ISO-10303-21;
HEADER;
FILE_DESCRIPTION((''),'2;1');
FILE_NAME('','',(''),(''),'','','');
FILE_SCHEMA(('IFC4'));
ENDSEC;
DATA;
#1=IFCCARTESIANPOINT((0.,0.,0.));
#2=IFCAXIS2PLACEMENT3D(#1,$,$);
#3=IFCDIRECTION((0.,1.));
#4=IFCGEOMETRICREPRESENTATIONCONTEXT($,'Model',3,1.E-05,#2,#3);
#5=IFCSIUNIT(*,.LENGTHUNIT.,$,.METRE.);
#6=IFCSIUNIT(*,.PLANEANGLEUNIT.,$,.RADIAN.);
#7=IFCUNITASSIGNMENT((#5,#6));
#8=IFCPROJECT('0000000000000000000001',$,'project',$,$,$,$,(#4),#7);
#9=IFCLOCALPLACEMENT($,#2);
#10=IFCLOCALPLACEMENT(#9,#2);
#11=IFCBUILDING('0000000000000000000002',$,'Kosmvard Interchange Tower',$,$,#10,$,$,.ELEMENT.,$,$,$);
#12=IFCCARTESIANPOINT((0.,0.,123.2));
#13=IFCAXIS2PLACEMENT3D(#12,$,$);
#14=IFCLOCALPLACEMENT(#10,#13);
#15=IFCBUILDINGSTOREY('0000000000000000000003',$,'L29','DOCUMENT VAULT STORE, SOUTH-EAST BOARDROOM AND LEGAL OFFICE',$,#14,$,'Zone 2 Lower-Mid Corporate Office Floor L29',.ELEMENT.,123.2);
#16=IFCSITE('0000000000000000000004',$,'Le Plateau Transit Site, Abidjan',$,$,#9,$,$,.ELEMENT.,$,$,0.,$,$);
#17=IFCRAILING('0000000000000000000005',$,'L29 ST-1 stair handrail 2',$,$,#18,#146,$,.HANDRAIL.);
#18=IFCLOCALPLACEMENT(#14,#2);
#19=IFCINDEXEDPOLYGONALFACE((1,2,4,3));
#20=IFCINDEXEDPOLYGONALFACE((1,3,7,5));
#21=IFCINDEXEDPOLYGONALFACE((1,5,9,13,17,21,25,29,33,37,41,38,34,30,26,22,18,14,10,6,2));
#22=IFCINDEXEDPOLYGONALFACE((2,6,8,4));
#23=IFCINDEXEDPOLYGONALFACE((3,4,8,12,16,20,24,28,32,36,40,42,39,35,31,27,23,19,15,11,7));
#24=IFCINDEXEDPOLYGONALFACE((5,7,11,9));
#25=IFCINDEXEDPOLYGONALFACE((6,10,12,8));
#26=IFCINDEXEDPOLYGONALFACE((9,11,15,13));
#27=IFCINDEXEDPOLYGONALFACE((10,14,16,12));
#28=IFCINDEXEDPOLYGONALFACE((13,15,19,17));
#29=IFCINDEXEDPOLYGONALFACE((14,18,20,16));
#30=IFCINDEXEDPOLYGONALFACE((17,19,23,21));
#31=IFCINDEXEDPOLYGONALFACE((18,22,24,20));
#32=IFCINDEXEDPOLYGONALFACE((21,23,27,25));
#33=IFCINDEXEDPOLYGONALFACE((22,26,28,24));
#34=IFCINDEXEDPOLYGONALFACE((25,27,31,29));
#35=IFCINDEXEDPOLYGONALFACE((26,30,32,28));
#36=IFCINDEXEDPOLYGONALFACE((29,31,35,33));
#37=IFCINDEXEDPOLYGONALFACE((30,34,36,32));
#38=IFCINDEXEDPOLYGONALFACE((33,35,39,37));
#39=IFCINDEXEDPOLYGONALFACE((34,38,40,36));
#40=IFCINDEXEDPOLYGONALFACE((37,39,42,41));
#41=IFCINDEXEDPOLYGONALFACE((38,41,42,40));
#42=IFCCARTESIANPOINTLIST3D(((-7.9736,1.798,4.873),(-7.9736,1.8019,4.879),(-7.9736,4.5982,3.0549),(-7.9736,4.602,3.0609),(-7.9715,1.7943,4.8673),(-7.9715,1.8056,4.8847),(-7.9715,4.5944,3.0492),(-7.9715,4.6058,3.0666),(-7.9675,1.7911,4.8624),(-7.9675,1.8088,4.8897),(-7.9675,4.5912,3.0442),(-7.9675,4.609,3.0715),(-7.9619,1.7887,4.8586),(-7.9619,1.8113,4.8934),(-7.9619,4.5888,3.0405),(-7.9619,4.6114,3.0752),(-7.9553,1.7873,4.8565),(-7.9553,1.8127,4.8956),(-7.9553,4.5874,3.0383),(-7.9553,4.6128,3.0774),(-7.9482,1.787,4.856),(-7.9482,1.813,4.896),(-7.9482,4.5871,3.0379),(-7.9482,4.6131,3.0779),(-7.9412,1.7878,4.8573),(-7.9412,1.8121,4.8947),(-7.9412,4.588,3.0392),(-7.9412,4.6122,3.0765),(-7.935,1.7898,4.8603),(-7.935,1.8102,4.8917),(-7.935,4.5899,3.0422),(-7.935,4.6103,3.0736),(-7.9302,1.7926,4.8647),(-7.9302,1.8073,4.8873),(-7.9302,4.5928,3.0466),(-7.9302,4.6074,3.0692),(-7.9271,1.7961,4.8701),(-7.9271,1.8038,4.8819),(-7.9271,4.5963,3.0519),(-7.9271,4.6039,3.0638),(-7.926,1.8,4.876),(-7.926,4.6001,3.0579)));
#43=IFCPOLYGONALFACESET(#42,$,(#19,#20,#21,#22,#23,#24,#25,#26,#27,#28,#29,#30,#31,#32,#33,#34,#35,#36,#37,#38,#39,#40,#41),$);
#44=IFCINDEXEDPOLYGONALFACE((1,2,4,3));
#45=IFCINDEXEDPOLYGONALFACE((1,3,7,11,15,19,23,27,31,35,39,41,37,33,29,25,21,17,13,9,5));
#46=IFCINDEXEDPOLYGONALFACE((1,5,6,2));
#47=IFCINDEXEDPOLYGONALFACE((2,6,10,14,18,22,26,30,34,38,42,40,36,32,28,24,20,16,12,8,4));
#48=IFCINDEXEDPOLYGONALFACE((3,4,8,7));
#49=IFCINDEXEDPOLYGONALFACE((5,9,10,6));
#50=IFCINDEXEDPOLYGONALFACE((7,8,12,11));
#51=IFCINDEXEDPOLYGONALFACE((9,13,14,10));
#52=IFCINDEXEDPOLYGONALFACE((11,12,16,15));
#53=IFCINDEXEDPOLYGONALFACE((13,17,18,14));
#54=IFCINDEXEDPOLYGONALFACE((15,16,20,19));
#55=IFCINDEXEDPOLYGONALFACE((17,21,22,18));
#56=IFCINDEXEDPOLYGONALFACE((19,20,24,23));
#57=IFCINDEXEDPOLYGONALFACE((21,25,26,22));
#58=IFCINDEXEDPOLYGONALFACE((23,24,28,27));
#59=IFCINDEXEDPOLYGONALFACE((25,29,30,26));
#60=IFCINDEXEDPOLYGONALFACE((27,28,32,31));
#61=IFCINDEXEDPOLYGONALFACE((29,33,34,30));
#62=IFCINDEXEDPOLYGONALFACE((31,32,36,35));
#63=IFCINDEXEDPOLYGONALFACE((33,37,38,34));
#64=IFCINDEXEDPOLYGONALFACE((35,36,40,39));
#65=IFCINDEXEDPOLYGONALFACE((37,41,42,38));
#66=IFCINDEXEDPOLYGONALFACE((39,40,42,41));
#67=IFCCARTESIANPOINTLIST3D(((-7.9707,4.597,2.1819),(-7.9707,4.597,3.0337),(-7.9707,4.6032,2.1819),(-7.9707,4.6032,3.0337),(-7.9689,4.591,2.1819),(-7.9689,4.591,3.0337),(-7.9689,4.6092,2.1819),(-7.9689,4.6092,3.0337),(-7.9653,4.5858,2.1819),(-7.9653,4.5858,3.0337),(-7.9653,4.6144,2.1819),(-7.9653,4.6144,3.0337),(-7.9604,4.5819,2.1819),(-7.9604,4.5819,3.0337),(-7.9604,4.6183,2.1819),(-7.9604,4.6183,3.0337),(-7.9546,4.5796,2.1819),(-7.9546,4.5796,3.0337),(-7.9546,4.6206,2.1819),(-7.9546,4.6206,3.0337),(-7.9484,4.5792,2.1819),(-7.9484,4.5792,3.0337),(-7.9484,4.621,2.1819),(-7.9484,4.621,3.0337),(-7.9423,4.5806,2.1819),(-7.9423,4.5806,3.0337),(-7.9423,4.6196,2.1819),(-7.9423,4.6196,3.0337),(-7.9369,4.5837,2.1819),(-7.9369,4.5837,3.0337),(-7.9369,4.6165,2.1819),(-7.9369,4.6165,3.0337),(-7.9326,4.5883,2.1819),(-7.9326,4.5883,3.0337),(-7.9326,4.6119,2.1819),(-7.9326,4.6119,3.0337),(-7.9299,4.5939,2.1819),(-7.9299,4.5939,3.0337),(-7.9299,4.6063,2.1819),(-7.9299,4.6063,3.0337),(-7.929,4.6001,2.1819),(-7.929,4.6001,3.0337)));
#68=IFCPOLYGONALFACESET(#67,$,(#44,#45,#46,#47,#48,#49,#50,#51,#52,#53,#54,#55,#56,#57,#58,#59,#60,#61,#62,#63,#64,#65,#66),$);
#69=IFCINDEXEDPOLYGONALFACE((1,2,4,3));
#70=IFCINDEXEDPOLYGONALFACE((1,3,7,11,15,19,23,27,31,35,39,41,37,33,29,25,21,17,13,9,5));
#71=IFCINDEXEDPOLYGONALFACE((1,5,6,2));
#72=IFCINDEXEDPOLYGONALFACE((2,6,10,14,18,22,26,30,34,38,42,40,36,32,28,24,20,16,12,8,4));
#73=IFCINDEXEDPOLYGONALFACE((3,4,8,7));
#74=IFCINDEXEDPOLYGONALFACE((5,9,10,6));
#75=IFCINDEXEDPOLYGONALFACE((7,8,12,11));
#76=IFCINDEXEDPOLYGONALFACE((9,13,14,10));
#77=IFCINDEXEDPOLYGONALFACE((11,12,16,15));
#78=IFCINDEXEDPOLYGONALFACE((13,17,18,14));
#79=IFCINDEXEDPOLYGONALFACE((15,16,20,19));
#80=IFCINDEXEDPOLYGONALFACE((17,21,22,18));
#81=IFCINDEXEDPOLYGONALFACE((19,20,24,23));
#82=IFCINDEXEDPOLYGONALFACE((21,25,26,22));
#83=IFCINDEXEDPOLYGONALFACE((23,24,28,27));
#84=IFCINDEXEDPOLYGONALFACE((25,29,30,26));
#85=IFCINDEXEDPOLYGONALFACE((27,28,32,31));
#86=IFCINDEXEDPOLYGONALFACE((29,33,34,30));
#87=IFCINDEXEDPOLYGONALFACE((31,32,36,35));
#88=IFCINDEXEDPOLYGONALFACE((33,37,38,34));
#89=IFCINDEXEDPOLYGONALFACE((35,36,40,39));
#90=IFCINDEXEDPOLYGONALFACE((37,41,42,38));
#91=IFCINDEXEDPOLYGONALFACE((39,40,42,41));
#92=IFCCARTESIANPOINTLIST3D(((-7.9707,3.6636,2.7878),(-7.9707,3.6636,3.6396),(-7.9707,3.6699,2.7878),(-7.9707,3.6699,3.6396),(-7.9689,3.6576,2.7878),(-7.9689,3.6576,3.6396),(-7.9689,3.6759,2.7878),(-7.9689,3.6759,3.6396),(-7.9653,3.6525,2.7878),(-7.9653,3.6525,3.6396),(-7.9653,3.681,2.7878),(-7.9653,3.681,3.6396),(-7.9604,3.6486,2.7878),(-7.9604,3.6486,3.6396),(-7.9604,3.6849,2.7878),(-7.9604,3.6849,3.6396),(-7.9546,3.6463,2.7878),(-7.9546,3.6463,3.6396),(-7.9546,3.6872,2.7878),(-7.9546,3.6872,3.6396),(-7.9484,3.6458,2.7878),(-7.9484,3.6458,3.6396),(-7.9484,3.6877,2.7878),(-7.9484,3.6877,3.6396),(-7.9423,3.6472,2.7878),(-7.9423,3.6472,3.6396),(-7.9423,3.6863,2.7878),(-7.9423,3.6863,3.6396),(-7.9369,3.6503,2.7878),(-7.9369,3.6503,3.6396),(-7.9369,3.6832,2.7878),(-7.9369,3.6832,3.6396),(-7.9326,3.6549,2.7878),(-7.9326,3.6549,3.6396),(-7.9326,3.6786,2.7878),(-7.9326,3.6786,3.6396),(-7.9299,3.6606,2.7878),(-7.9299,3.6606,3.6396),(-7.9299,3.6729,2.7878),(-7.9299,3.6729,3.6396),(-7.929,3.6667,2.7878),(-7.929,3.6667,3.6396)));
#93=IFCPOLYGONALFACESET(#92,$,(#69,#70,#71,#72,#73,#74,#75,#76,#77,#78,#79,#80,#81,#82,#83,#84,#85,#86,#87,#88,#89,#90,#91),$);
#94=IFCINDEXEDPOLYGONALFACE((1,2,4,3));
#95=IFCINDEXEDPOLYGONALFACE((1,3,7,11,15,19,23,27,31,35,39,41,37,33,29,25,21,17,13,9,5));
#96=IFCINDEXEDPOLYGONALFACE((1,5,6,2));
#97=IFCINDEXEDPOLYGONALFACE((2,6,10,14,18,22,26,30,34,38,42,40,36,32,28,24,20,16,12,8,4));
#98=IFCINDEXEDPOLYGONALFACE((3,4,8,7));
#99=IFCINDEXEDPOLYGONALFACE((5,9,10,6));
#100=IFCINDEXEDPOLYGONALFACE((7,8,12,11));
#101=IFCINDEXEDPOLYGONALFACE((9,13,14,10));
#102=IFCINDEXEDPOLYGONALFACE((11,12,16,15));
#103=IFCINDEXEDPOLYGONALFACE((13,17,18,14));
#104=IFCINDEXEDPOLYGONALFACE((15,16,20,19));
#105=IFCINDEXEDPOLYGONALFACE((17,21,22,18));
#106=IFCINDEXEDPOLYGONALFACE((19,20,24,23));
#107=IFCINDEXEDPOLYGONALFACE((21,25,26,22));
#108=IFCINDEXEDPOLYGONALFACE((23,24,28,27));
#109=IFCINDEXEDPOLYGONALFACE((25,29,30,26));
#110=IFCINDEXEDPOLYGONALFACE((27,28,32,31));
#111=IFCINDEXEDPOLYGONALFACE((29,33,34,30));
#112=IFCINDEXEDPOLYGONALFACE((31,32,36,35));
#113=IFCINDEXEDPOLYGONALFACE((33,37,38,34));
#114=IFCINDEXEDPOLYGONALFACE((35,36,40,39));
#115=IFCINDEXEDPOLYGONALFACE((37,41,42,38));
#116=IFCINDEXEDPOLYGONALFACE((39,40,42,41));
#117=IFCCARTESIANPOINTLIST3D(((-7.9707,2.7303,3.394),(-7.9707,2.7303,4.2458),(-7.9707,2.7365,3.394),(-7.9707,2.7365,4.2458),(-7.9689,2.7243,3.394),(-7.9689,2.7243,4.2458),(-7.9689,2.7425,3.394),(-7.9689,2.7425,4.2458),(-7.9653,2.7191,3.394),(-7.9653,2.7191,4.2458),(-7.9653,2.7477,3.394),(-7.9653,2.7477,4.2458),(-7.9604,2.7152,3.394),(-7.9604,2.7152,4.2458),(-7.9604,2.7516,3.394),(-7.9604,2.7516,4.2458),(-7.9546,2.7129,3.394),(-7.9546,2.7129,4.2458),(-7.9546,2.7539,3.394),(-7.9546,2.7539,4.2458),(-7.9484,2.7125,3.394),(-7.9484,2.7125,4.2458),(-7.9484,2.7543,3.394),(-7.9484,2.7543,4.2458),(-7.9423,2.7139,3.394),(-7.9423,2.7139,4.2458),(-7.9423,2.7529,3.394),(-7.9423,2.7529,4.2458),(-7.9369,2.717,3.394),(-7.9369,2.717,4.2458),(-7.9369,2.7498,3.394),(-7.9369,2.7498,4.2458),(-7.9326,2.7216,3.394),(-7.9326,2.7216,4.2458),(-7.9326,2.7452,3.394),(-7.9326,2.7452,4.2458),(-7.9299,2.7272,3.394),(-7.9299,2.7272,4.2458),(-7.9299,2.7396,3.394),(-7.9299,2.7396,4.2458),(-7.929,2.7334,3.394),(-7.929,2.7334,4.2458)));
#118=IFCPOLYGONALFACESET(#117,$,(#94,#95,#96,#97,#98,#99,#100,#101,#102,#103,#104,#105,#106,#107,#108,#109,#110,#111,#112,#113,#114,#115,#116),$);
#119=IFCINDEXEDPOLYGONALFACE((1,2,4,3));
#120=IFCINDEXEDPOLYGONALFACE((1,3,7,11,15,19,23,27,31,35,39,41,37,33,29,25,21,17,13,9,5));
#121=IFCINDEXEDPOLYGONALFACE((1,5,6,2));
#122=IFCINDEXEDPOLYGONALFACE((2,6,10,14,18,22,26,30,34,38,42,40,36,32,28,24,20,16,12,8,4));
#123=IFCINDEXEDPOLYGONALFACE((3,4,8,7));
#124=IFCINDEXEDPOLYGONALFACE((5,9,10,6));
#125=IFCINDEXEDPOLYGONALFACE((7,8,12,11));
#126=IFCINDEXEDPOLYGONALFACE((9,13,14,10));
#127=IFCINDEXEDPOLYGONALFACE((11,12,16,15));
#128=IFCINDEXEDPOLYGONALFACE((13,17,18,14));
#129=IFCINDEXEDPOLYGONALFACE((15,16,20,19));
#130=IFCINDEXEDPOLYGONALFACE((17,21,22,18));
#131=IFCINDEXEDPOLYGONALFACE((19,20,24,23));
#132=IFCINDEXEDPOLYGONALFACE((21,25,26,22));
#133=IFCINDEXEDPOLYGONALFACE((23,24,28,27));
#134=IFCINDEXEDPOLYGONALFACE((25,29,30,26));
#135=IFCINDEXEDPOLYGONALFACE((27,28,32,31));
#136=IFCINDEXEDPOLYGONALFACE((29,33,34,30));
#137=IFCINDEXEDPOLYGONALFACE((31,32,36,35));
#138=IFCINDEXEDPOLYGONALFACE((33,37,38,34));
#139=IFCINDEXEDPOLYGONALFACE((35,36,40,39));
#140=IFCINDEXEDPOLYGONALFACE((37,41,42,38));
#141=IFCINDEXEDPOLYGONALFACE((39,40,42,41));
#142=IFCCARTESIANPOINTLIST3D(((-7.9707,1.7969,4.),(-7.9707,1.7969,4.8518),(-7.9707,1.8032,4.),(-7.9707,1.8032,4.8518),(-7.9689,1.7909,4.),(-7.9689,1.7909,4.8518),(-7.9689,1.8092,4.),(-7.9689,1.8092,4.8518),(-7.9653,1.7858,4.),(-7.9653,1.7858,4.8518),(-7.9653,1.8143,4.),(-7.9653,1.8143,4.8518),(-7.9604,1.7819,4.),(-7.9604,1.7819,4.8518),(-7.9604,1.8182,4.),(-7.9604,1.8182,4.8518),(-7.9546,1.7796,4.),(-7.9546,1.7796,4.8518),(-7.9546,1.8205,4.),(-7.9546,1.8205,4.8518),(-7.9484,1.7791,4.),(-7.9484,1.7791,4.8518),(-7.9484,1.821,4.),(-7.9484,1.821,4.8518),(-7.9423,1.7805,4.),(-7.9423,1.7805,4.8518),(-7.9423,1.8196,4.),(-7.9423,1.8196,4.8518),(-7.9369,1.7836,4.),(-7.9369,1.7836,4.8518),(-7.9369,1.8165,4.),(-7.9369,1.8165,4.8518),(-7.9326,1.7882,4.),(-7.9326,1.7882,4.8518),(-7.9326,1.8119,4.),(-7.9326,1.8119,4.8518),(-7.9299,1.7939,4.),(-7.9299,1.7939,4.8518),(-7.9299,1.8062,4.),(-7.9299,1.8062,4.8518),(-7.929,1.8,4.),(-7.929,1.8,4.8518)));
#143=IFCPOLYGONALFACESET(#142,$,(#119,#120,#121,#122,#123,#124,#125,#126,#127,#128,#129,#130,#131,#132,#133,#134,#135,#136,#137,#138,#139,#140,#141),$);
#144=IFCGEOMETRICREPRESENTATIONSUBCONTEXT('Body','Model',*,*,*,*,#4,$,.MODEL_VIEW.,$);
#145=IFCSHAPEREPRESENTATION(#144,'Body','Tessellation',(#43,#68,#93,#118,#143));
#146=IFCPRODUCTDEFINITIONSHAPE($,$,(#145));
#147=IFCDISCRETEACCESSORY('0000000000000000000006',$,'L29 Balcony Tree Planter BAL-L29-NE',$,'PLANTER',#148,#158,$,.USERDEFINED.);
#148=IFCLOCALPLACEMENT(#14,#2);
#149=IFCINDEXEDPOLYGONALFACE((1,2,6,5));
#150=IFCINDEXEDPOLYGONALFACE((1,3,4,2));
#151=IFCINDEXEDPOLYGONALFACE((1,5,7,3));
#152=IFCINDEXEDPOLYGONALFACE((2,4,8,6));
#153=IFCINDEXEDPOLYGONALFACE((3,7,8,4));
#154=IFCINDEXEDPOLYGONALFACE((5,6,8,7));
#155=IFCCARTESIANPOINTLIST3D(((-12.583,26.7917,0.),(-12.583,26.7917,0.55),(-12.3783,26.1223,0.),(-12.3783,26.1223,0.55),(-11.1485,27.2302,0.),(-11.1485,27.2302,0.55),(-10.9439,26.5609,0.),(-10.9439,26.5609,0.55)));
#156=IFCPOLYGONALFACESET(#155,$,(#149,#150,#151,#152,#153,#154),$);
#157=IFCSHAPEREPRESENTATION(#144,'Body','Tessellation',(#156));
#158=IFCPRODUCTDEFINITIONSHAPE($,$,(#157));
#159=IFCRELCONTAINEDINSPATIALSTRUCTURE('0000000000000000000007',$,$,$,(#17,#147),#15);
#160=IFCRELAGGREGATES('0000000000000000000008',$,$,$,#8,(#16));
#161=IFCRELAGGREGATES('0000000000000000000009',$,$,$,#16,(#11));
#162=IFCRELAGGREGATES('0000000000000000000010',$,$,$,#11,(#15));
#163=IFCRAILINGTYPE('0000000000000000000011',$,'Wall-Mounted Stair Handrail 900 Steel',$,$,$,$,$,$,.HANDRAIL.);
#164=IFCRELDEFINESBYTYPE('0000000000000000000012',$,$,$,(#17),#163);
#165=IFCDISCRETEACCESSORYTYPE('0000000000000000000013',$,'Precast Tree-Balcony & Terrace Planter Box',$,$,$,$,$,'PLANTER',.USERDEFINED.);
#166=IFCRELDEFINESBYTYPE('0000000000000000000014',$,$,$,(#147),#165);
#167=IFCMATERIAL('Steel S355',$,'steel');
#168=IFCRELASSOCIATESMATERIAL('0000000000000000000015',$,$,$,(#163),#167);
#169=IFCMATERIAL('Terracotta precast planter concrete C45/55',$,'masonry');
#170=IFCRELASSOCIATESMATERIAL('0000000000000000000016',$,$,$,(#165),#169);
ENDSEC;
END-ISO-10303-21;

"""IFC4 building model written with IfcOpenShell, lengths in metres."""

from ifc_helpers import new_model, si_unit, direction, frame, origin, origin_2d, place, context, subcontext, project, spatial, rectangle, circle, extrude, source, transform, mapped, material, type_object, element, save


model = new_model("IFC4")

# Units and contexts
model_context = context("Model", 3, precision=1e-05, world=origin(), true_north=direction((0.0, 1.0)))
body_context = subcontext(model_context, "Body", "Model", "MODEL_VIEW")
ifc_project = project(units=[si_unit("LENGTHUNIT", "METRE"), si_unit("PLANEANGLEUNIT", "RADIAN")], contexts=[model_context])

# Site, building, storey
site_placement = place(None, origin())
site = spatial("IfcSite", under=ifc_project, at=site_placement, Name="Le Plateau Transit Site, Abidjan", CompositionType="ELEMENT", RefElevation=0.0)
building_placement = place(site_placement, origin())
building = spatial("IfcBuilding", under=site, at=building_placement, Name="Kosmvard Interchange Tower", CompositionType="ELEMENT")
storey_placement = place(building_placement, frame((0.0, 0.0, 123.2)))
storey = spatial("IfcBuildingStorey", under=building, at=storey_placement, Name="L29", Description="DOCUMENT VAULT STORE, SOUTH-EAST BOARDROOM AND LEGAL OFFICE", LongName="Zone 2 Lower-Mid Corporate Office Floor L29", CompositionType="ELEMENT", Elevation=123.2)

# Shared definitions
ifc_material_1 = material(Name="Steel S355", Category="steel")

# Railing
railing_type_1 = type_object("IfcRailingType", Name="Wall-Mounted Stair Handrail 900 Steel", PredefinedType="HANDRAIL", material=ifc_material_1)
shared_shape_1 = source(origin(), body_context, "Body", "SweptSolid", [
    extrude(circle(Radius=0.0239, at=origin_2d()), frame((0.0, 0.0, 0.876), z_axis=(0.0, -0.838706, 0.544585), x_axis=(1.0, 0.0, 0.0)), (0.0, 0.0, 1.0), 3.3386),
    extrude(circle(Radius=0.021, at=origin_2d()), origin(), (0.0, 0.0, 1.0), 0.8518),
    extrude(circle(Radius=0.021, at=origin_2d()), frame((0.0, -0.9333, 0.606)), (0.0, 0.0, 1.0), 0.8518),
    extrude(circle(Radius=0.021, at=origin_2d()), frame((0.0, -1.8667, 1.2122)), (0.0, 0.0, 1.0), 0.8518),
    extrude(circle(Radius=0.021, at=origin_2d()), frame((0.0, -2.8, 1.8181)), (0.0, 0.0, 1.0), 0.8518),
])
railing_1_placement = place(storey_placement, frame((-7.95, 4.6001, 2.1819)))
element("IfcRailing", 1, at=railing_1_placement, inside=storey, type_object=railing_type_1, Name="L29 ST-1 stair handrail 2", PredefinedType="HANDRAIL", context=body_context, shape_type="MappedRepresentation", body=[
    mapped(shared_shape_1, transform((0.0, 0.0, 0.0), scale=1.0)),
])

# Discrete accessory
ifc_material_2 = material(Name="Terracotta precast planter concrete C45/55", Category="masonry")
discrete_accessory_type = type_object("IfcDiscreteAccessoryType", Name="Precast Tree-Balcony & Terrace Planter Box", ElementType="PLANTER", PredefinedType="USERDEFINED", material=ifc_material_2)
shared_shape_2 = source(origin(), body_context, "Body", "SweptSolid", [
    extrude(rectangle(XDim=1.5, YDim=0.7, at=origin_2d()), origin(), (0.0, 0.0, 1.0), 0.55),
])
discrete_accessory_placement = place(storey_placement, frame((-11.7634, 26.6763, 0.0), z_axis=(0.0, 0.0, 1.0), x_axis=(0.956305, 0.292372, 0.0)))
element("IfcDiscreteAccessory", 2, at=discrete_accessory_placement, inside=storey, type_object=discrete_accessory_type, Name="L29 Balcony Tree Planter BAL-L29-NE", ObjectType="PLANTER", PredefinedType="USERDEFINED", context=body_context, shape_type="MappedRepresentation", body=[
    mapped(shared_shape_2, transform((0.0, 0.0, 0.0), scale=1.0)),
])

save(model, "model.ifc")
